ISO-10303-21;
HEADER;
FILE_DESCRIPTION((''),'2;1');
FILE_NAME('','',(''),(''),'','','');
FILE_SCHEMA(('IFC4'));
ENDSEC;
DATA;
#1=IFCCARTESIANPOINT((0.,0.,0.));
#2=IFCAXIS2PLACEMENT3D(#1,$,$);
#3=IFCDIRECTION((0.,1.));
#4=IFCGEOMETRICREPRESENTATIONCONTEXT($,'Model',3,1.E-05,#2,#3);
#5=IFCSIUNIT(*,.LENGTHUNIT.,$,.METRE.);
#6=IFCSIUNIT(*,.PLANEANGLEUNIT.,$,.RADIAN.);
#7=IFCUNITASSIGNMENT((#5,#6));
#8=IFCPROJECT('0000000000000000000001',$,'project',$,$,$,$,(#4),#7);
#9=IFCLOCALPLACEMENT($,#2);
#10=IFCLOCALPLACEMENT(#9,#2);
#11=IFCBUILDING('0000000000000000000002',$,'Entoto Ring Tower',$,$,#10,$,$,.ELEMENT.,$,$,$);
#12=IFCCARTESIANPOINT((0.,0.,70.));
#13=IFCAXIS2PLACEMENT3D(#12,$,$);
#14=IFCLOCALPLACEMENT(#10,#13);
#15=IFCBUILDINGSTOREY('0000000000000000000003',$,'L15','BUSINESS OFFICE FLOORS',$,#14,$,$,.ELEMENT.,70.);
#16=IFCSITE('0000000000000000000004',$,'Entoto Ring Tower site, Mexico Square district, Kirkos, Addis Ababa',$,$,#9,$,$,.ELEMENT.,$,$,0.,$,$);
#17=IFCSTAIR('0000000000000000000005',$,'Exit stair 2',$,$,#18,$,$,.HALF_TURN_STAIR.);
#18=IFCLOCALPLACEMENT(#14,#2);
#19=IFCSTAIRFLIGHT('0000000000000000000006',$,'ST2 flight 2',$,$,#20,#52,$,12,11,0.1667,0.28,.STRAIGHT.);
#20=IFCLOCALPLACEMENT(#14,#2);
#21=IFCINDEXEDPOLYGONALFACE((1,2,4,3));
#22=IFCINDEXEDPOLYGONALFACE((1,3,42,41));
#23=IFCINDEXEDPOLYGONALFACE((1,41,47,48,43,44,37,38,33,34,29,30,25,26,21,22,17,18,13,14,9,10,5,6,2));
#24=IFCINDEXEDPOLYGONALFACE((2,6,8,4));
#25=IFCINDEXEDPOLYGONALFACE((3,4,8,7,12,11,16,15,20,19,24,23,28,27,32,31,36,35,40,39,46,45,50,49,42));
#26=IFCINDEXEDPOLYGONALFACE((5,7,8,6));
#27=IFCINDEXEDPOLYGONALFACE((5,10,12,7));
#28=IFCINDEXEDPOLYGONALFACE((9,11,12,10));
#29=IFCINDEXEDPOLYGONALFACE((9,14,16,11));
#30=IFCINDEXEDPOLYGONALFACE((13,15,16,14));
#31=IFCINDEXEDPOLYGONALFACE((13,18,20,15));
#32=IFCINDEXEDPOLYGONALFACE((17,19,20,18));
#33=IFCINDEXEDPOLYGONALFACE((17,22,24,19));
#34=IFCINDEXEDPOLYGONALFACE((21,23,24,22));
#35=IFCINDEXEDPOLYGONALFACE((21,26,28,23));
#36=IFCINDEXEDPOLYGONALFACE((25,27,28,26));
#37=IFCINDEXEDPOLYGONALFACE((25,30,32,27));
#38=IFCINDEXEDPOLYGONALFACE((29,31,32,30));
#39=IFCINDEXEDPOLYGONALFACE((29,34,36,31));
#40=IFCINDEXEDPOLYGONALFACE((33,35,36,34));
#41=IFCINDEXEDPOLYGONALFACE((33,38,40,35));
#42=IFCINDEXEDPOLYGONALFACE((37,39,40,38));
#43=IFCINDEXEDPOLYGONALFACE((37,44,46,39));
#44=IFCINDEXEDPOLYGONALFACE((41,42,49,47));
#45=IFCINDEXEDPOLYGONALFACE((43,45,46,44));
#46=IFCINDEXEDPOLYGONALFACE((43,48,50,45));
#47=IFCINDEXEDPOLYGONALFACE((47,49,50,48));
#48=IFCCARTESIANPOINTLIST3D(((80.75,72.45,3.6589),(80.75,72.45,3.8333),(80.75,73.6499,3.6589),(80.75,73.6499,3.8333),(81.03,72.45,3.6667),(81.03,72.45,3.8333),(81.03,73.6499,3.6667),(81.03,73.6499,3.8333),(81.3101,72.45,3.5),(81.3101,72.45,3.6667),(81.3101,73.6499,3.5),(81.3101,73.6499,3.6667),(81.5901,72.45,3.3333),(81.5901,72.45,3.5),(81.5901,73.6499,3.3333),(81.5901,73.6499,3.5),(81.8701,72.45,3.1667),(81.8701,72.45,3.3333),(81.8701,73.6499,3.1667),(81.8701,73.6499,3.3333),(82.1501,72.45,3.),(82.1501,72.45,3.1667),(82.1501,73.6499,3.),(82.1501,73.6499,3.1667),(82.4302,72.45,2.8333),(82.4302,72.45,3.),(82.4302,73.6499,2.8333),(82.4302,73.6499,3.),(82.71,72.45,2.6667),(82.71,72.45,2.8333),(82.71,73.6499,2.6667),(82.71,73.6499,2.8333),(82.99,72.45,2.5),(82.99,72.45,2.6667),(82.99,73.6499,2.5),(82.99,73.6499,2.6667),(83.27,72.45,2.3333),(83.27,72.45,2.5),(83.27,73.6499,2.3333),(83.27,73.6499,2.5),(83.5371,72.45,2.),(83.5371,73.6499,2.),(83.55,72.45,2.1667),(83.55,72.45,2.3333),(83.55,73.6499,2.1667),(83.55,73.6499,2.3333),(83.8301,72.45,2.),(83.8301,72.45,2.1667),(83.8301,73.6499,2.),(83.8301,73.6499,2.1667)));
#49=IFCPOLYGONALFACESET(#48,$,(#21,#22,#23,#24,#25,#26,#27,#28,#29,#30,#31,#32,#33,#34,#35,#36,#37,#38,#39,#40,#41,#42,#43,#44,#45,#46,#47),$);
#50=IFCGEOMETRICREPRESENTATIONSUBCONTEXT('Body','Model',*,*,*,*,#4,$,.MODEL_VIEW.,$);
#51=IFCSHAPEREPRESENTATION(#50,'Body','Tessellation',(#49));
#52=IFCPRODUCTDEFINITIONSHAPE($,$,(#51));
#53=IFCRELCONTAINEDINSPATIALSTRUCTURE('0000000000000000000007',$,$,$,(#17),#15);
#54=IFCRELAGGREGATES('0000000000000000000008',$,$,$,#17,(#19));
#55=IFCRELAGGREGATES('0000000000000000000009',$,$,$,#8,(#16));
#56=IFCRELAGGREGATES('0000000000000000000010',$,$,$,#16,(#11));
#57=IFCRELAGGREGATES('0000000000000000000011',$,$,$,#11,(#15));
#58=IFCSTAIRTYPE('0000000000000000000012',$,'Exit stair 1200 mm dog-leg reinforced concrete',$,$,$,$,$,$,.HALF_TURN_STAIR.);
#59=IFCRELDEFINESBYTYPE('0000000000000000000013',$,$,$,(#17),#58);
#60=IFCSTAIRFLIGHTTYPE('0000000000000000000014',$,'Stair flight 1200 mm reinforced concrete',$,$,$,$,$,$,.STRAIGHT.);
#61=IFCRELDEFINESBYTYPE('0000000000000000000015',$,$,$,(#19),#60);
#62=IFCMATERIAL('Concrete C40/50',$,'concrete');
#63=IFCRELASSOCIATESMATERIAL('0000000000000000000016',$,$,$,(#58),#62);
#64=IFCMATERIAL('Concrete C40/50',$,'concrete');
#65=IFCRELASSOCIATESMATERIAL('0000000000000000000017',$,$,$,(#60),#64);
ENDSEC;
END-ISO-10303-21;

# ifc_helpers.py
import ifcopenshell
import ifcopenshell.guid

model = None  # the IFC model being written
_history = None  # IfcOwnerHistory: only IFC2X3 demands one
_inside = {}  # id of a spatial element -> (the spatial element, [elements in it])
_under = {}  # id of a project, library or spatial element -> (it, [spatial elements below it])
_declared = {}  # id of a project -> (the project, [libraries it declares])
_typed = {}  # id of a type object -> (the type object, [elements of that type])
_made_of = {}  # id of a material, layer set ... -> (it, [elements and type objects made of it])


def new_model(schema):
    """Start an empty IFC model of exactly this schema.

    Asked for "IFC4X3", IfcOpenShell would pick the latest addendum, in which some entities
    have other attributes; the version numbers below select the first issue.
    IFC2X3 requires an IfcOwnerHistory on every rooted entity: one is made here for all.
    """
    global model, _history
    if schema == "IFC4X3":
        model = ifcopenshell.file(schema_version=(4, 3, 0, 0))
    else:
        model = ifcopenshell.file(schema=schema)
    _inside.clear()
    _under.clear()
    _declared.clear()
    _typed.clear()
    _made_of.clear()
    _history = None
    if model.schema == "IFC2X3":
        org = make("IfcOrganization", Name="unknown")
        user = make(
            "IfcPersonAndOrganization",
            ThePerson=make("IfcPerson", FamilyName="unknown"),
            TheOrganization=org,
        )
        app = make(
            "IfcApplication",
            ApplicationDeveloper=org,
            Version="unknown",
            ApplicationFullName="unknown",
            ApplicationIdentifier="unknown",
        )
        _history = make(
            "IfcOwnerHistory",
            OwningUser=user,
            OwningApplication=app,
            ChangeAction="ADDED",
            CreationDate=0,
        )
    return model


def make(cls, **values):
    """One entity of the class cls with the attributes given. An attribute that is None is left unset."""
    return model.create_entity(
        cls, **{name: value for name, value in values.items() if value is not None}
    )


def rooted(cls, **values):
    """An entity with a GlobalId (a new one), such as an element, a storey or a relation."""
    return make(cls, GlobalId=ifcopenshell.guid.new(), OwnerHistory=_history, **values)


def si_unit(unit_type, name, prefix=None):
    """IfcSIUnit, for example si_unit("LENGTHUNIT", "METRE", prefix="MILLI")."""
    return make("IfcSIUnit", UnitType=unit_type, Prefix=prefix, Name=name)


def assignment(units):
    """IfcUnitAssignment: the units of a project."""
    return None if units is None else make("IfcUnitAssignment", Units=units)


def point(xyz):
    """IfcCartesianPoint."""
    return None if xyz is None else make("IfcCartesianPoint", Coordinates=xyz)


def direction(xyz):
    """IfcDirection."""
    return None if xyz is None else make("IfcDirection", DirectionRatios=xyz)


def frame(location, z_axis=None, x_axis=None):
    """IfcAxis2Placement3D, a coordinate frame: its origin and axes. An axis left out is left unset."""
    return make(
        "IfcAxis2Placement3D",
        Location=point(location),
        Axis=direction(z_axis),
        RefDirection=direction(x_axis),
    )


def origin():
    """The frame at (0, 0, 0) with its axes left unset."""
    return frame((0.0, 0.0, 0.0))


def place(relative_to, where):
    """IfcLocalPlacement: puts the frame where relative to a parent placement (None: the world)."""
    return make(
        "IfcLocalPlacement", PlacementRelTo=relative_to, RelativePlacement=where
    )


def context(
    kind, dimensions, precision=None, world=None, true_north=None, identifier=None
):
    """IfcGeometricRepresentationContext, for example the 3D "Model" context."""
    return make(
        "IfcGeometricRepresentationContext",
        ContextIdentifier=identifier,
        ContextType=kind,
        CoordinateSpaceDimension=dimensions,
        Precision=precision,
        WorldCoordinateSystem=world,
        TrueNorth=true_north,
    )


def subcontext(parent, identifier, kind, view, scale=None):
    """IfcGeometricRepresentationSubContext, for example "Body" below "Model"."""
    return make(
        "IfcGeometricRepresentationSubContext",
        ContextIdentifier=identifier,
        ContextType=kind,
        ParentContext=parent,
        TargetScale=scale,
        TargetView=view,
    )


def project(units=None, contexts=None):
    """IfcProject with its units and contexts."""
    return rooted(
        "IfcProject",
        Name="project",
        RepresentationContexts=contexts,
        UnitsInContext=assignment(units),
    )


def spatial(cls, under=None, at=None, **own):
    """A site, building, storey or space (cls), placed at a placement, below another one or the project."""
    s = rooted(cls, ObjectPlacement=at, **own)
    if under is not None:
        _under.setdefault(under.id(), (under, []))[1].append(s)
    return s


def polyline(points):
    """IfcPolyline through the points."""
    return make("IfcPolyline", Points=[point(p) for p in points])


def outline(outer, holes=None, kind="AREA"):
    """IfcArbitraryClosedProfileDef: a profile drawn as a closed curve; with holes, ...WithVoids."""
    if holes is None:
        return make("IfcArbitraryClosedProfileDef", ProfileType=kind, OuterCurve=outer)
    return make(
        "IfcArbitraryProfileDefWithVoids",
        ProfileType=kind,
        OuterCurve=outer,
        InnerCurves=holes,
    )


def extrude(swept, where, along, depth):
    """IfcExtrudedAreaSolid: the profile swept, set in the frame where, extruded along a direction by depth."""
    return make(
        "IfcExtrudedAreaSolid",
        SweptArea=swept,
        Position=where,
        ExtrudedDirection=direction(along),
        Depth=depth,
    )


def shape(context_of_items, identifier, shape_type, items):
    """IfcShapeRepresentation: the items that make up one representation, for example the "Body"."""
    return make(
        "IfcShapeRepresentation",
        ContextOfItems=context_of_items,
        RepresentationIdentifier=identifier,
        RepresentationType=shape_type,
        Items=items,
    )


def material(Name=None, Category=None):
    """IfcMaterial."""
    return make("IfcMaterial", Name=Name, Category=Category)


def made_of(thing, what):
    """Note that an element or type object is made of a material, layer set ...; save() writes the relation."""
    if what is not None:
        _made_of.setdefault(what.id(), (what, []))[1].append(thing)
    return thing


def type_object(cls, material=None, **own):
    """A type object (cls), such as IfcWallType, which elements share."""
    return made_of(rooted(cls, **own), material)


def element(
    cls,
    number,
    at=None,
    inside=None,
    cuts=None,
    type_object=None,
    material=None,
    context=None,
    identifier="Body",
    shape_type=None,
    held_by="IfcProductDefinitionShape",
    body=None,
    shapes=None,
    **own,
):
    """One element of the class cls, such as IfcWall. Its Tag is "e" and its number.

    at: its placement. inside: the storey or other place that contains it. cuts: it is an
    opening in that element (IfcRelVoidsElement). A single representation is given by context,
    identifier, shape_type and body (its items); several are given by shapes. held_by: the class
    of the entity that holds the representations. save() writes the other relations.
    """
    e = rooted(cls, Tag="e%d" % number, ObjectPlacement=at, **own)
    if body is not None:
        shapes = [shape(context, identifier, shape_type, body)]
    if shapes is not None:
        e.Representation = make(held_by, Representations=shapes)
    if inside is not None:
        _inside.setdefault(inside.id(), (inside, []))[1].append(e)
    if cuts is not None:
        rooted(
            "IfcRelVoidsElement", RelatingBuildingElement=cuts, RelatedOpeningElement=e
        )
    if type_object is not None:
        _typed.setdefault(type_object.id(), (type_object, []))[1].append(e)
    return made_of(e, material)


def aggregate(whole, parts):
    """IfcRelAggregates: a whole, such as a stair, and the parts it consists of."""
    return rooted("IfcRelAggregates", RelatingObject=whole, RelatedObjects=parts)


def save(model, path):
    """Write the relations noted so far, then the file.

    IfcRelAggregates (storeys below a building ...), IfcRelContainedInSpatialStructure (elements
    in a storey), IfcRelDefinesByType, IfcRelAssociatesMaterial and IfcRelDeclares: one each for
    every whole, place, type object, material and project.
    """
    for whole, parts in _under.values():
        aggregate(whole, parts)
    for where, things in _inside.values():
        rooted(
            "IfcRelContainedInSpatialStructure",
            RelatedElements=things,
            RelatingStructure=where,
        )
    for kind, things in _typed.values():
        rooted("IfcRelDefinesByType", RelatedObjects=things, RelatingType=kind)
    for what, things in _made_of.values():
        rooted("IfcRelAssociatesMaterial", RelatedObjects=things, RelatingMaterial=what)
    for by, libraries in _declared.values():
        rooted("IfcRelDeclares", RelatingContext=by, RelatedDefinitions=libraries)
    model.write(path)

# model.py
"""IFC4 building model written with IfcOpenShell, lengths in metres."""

from ifc_helpers import new_model, si_unit, direction, frame, origin, place, context, subcontext, project, spatial, polyline, outline, extrude, material, type_object, element, aggregate, save


model = new_model("IFC4")

# Units and contexts
model_context = context("Model", 3, precision=1e-05, world=origin(), true_north=direction((0.0, 1.0)))
body_context = subcontext(model_context, "Body", "Model", "MODEL_VIEW")
ifc_project = project(units=[si_unit("LENGTHUNIT", "METRE"), si_unit("PLANEANGLEUNIT", "RADIAN")], contexts=[model_context])

# Site, building, storey
site_placement = place(None, origin())
site = spatial("IfcSite", under=ifc_project, at=site_placement, Name="Entoto Ring Tower site, Mexico Square district, Kirkos, Addis Ababa", CompositionType="ELEMENT", RefElevation=0.0)
building_placement = place(site_placement, origin())
building = spatial("IfcBuilding", under=site, at=building_placement, Name="Entoto Ring Tower", CompositionType="ELEMENT")
storey_placement = place(building_placement, frame((0.0, 0.0, 70.0)))
storey = spatial("IfcBuildingStorey", under=building, at=storey_placement, Name="L15", Description="BUSINESS OFFICE FLOORS", CompositionType="ELEMENT", Elevation=70.0)

# Stair, stair flight
ifc_material_1 = material(Name="Concrete C40/50", Category="concrete")
stair_type = type_object("IfcStairType", Name="Exit stair 1200 mm dog-leg reinforced concrete", PredefinedType="HALF_TURN_STAIR", material=ifc_material_1)
stair_placement = place(storey_placement, origin())
stair = element("IfcStair", 1, at=stair_placement, inside=storey, type_object=stair_type, Name="Exit stair 2", PredefinedType="HALF_TURN_STAIR")
ifc_material_2 = material(Name="Concrete C40/50", Category="concrete")
stair_flight_type = type_object("IfcStairFlightType", Name="Stair flight 1200 mm reinforced concrete", PredefinedType="STRAIGHT", material=ifc_material_2)
stair_flight_placement = place(storey_placement, frame((83.8301, 73.05, 2.0), z_axis=(0.0, 0.0, 1.0), x_axis=(-1.0, 0.0, 0.0)))
stair_flight = element("IfcStairFlight", 2, at=stair_flight_placement, type_object=stair_flight_type, Name="ST2 flight 2", NumberOfRisers=12, NumberOfTreads=11, PredefinedType="STRAIGHT", RiserHeight=0.1667, TreadLength=0.28, context=body_context, shape_type="SweptSolid", body=[
    extrude(outline(polyline([(0.0, 0.0), (0.0, 0.1667), (0.28, 0.1667), (0.28, 0.3333), (0.5601, 0.3333), (0.5601, 0.5), (0.8401, 0.5), (0.8401, 0.6667), (1.1201, 0.6667), (1.1201, 0.8333), (1.3999, 0.8333), (1.3999, 1.0), (1.6799, 1.0), (1.6799, 1.1667), (1.96, 1.1667), (1.96, 1.3333), (2.24, 1.3333), (2.24, 1.5), (2.52, 1.5), (2.52, 1.6667), (2.8, 1.6667), (2.8, 1.8333), (3.0801, 1.8333), (3.0801, 2.0), (3.0801, 1.6589), (0.293, 0.0), (0.0, 0.0)])), frame((0.0, 0.6001, 0.0), z_axis=(0.0, -1.0, 0.0), x_axis=(1.0, 0.0, 0.0)), (0.0, 0.0, 1.0), 1.2),
])
aggregate(stair, [stair_flight])

save(model, "model.ifc")
